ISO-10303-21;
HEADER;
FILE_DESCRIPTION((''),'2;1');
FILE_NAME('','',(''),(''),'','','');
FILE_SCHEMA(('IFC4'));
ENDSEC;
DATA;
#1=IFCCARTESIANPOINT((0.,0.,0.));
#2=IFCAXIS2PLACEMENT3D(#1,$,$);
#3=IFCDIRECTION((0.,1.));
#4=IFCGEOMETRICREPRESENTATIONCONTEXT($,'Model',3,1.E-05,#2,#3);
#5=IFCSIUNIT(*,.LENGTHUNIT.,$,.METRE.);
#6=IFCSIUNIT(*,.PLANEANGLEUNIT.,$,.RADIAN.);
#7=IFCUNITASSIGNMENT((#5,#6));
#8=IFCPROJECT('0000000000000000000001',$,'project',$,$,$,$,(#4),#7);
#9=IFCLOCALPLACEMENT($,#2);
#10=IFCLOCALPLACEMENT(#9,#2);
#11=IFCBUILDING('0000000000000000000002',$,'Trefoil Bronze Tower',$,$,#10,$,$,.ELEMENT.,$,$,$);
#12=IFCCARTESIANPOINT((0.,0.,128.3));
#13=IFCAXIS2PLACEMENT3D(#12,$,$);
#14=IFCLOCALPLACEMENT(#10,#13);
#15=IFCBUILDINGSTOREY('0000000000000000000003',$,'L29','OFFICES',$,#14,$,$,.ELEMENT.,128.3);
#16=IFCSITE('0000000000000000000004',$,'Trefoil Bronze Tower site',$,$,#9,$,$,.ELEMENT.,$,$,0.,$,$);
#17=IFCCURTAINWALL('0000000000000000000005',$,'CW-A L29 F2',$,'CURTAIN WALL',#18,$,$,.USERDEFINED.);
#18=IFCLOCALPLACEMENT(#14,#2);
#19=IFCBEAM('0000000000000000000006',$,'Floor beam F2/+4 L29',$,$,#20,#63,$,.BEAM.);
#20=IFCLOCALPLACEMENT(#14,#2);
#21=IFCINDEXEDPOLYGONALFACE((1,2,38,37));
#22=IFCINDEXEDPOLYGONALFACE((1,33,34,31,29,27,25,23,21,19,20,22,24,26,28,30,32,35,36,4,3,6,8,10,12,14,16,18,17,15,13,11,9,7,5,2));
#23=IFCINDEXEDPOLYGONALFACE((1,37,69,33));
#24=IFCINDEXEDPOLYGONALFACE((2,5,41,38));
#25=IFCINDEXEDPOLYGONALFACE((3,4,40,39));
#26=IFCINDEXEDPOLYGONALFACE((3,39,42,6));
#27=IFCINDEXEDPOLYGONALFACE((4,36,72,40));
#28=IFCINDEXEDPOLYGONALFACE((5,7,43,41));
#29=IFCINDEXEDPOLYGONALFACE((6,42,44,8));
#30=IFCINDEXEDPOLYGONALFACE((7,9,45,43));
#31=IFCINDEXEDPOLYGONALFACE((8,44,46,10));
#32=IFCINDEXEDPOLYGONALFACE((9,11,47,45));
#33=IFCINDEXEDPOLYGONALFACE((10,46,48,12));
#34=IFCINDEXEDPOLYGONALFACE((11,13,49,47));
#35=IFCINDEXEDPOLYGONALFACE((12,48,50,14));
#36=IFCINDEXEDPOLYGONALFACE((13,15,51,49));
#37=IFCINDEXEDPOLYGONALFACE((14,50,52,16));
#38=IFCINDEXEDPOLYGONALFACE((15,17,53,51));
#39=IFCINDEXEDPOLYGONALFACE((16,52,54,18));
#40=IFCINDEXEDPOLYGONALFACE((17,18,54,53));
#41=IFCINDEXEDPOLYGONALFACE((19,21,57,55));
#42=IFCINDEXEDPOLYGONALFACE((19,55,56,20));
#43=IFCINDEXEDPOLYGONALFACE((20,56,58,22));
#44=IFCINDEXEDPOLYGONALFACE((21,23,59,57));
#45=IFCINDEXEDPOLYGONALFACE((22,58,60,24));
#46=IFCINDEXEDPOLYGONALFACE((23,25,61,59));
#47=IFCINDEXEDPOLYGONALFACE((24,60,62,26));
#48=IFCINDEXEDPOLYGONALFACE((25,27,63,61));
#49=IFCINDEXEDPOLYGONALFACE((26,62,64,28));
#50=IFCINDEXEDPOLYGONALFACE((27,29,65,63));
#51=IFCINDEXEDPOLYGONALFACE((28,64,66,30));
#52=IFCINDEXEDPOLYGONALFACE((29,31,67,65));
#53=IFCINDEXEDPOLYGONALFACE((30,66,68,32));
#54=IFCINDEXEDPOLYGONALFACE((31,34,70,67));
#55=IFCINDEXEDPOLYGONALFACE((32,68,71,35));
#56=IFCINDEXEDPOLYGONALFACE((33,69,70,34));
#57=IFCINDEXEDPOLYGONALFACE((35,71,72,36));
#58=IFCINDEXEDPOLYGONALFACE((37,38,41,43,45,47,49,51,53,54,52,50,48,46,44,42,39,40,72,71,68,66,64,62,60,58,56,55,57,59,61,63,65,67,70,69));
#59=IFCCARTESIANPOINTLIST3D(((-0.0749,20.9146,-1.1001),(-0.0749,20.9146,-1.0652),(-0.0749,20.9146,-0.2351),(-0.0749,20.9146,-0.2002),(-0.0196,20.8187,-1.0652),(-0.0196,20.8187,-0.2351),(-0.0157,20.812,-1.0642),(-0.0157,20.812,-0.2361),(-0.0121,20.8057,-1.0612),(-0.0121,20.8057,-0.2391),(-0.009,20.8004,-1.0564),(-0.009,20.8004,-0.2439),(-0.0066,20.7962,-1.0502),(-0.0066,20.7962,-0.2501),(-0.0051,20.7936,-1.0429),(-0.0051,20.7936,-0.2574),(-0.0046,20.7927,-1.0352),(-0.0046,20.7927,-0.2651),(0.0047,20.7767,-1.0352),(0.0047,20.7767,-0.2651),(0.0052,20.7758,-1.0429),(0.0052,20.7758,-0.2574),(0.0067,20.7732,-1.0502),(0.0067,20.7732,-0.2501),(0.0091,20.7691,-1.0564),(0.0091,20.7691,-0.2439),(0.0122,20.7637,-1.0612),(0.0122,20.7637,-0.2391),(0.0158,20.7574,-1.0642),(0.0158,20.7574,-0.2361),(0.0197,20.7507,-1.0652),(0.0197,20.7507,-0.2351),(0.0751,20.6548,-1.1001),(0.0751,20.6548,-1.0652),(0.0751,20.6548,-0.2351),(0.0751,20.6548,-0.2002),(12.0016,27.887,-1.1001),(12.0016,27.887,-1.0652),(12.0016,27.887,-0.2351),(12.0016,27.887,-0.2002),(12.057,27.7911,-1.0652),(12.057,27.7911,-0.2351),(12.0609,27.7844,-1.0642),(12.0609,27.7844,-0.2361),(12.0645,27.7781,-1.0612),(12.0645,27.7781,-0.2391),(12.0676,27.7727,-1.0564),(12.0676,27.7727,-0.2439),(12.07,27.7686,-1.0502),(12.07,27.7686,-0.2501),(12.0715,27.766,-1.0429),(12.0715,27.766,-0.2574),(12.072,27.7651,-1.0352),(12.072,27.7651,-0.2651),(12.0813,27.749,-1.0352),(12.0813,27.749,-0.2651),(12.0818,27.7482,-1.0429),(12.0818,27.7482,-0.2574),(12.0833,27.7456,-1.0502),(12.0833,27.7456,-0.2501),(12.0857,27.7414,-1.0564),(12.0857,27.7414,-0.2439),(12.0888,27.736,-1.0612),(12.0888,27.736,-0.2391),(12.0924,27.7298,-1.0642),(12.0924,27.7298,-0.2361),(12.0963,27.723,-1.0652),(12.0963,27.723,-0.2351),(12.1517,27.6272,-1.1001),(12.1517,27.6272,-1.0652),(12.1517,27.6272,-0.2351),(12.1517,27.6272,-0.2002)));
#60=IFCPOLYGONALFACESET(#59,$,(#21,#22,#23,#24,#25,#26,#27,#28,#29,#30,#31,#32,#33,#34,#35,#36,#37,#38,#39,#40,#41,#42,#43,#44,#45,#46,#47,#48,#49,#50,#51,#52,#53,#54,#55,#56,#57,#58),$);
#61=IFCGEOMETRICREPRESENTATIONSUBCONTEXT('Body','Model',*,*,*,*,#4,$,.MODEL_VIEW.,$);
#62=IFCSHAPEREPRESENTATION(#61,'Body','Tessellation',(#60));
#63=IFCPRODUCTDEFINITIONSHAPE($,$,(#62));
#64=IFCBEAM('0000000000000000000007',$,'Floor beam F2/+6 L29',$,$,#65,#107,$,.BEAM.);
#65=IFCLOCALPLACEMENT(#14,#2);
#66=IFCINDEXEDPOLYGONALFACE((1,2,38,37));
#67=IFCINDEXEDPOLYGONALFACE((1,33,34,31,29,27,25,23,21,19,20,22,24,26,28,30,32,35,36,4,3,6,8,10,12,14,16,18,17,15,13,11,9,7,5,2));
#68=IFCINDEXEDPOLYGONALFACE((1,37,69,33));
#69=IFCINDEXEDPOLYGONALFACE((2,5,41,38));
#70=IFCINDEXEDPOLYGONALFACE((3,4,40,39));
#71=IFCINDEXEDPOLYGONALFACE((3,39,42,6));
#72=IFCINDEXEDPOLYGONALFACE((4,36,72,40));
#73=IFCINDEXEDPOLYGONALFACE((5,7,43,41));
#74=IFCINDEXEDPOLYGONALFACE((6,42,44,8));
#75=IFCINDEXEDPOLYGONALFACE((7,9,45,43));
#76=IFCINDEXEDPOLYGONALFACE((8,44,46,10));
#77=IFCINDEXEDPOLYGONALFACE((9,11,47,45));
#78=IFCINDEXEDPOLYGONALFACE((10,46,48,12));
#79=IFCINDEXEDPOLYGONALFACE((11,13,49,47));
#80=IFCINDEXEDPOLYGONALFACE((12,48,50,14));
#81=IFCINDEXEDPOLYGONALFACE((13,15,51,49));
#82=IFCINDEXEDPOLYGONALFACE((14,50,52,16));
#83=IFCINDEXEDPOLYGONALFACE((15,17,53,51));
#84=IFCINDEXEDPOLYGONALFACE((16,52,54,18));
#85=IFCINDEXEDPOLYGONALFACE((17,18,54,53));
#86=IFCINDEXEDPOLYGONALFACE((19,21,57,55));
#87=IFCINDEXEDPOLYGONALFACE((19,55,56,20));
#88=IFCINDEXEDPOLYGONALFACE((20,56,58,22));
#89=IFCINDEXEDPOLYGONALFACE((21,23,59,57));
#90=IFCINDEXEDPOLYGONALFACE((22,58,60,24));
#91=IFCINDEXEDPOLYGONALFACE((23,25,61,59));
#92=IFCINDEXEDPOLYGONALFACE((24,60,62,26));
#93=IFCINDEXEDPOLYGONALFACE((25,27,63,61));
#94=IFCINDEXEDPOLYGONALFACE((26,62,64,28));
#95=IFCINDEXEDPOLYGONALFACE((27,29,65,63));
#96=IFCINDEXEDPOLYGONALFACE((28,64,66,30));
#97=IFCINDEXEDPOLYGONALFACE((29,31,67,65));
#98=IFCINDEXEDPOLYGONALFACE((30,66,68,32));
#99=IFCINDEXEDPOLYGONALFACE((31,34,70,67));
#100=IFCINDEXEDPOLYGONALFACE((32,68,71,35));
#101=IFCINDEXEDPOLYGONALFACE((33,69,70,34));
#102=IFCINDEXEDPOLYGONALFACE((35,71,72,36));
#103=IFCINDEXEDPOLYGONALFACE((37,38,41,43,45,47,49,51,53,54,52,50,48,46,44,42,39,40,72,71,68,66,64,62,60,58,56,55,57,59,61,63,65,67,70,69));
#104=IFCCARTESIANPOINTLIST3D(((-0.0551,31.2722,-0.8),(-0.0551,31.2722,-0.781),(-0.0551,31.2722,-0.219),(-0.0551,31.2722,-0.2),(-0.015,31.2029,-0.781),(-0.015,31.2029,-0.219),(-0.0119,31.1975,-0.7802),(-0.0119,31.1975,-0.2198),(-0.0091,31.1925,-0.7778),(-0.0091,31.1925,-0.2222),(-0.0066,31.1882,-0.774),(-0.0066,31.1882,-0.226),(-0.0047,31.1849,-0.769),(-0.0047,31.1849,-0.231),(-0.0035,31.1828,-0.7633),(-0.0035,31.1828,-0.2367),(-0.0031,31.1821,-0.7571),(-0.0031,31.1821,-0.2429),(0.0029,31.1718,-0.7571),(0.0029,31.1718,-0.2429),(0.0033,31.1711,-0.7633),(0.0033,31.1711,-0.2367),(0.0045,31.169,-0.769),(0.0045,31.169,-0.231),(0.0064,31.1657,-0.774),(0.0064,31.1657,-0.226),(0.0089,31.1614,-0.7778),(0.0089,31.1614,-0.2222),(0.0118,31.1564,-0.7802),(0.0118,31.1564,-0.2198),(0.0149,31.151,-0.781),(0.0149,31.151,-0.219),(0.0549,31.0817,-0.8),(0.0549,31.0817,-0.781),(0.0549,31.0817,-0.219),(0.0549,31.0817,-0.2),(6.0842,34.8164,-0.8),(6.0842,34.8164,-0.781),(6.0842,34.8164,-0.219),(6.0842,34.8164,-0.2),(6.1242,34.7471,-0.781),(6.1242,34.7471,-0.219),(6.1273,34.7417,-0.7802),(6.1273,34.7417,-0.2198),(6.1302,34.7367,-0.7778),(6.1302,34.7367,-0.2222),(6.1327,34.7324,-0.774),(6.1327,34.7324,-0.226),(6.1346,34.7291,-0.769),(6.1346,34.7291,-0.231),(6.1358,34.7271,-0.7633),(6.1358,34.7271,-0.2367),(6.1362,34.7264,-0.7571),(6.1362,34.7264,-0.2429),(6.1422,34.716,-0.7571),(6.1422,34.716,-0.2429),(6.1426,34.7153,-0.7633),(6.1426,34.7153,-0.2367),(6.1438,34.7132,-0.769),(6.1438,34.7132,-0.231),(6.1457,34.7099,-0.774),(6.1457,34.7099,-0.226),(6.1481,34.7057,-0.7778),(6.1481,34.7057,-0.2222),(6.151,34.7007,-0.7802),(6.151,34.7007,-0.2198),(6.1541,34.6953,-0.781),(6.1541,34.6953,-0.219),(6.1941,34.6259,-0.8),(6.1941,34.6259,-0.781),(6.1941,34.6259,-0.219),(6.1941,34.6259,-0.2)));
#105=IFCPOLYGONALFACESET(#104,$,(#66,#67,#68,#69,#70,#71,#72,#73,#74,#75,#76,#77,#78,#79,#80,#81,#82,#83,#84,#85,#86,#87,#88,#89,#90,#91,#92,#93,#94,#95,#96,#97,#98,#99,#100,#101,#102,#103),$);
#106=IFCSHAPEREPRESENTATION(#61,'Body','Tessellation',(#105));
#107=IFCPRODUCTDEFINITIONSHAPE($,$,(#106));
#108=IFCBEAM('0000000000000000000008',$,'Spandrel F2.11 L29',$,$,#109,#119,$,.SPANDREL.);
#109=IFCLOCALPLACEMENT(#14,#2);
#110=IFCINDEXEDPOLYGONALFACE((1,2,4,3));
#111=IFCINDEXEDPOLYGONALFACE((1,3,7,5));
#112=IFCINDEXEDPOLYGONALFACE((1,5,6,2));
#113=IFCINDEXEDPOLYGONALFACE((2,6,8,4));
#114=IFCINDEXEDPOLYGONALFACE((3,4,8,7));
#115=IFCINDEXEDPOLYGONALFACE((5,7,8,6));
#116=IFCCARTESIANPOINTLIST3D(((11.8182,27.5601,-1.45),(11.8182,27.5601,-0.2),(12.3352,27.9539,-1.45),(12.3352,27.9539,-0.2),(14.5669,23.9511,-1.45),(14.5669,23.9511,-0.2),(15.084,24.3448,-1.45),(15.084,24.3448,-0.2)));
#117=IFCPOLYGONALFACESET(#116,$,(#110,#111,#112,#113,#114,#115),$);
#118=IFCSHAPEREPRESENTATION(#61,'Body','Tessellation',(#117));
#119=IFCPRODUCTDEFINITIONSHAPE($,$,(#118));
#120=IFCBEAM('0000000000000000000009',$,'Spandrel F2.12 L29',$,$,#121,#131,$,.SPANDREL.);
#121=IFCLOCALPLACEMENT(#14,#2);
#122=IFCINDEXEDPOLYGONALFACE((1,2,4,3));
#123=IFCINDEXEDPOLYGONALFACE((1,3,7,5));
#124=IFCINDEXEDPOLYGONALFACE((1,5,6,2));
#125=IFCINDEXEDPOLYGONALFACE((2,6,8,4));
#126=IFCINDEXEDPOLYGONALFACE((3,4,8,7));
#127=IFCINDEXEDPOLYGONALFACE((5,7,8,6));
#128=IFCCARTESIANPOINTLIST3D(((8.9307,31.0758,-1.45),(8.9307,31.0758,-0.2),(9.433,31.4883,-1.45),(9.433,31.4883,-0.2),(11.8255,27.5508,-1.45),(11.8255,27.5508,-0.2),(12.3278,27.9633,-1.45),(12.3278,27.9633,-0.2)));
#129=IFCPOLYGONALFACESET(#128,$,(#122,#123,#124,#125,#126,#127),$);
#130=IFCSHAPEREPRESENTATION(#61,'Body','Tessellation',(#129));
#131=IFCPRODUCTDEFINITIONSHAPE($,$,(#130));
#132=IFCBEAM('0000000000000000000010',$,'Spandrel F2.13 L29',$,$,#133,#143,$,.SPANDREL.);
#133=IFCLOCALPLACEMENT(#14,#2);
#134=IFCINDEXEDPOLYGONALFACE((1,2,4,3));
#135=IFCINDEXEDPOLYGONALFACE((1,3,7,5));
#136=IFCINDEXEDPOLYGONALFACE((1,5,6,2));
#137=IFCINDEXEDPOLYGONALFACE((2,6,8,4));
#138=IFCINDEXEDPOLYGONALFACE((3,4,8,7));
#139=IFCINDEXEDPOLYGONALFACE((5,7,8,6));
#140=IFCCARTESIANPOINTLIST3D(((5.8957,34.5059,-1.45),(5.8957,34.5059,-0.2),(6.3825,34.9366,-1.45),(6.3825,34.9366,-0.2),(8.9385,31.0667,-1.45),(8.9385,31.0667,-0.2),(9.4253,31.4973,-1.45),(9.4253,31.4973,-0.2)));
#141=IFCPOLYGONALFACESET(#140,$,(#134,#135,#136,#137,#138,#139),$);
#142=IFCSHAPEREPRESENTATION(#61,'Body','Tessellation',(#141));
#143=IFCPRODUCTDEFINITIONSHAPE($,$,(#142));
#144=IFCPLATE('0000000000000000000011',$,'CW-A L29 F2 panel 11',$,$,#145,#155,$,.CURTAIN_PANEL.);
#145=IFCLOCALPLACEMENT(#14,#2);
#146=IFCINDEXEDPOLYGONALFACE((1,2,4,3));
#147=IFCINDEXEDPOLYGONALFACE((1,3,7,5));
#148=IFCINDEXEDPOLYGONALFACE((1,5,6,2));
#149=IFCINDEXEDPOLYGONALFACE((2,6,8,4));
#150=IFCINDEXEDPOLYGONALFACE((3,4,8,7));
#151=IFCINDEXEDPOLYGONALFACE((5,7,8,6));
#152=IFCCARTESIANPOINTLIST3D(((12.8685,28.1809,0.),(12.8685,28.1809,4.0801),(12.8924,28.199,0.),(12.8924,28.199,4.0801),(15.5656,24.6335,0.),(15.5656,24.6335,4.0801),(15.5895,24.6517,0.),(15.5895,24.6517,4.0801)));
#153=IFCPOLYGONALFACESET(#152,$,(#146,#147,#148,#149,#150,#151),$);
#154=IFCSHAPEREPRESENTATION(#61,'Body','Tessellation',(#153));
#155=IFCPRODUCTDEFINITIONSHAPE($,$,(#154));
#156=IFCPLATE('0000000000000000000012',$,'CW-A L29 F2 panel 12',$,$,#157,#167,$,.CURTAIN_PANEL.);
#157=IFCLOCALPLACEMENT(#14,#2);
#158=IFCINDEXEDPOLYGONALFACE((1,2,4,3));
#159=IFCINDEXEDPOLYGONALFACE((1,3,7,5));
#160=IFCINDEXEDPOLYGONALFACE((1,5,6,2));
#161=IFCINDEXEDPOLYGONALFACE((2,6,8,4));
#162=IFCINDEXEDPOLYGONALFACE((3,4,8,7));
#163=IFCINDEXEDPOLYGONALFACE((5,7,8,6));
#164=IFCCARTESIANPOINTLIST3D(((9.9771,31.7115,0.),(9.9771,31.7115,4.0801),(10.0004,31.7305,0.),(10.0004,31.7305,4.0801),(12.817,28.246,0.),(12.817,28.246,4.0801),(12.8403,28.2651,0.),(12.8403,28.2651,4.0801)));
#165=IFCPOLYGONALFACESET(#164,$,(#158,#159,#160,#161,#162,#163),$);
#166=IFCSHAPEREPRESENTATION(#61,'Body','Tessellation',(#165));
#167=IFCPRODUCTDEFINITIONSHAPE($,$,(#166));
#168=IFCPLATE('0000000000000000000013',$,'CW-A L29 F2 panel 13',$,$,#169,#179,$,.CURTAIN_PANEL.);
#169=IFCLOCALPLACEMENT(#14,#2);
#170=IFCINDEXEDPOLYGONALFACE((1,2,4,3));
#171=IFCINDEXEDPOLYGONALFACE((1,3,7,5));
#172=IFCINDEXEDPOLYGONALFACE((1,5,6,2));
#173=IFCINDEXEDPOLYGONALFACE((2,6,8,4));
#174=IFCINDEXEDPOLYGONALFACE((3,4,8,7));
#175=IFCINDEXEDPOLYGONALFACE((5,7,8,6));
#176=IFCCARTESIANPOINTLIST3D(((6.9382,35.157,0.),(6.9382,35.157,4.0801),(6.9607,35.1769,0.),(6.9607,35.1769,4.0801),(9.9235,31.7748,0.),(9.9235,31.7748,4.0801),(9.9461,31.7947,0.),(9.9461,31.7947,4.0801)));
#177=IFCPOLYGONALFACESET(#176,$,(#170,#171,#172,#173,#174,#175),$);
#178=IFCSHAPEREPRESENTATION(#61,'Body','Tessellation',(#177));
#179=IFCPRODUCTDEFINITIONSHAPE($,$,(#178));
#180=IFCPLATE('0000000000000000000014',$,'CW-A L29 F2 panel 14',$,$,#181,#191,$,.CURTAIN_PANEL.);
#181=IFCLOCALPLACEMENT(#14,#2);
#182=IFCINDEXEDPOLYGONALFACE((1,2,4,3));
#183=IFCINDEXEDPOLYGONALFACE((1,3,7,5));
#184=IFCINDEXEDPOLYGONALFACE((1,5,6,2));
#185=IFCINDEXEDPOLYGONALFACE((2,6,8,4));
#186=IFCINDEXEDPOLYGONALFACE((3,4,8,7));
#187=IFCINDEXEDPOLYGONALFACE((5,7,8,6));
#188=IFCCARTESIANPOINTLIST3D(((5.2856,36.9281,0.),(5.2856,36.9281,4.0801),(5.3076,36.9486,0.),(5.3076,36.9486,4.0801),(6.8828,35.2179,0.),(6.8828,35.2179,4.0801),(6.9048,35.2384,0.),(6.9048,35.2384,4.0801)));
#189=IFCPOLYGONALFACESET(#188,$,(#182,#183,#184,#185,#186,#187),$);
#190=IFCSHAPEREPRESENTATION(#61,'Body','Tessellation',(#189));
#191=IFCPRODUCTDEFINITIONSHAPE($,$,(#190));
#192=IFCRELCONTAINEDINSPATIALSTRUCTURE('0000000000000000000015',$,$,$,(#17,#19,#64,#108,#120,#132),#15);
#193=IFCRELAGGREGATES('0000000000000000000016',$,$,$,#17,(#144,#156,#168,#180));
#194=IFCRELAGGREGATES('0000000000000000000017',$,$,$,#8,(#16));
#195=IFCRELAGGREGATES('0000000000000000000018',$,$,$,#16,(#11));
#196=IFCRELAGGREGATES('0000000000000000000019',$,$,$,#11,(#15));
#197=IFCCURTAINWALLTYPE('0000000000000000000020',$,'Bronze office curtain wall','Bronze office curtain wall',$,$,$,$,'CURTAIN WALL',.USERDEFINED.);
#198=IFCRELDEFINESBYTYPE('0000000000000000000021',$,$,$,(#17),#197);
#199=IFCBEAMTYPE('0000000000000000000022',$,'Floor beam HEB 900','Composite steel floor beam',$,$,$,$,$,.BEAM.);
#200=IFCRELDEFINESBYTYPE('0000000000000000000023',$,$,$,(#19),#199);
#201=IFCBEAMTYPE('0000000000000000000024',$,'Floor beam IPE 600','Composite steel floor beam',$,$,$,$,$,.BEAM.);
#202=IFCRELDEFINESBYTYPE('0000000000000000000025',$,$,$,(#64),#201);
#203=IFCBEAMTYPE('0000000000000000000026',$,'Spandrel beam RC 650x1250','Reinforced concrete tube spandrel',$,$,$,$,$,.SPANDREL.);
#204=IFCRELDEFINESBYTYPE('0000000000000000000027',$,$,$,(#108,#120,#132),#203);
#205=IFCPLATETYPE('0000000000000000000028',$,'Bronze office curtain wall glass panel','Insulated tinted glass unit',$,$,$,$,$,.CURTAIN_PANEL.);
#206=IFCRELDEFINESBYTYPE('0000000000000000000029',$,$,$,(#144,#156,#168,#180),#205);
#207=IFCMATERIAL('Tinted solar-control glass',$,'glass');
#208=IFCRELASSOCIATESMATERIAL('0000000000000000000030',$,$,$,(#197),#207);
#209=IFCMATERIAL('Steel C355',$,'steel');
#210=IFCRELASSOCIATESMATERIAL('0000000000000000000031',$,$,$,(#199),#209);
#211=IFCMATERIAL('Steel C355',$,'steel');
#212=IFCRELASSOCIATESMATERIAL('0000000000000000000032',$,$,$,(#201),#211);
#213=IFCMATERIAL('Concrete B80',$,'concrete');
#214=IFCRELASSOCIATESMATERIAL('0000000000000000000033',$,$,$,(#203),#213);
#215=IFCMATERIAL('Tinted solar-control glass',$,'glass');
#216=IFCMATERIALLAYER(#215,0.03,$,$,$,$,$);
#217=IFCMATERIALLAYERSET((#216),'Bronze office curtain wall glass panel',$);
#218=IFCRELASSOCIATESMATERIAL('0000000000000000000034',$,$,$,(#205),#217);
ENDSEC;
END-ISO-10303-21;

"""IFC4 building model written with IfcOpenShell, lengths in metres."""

from ifc_helpers import new_model, si_unit, direction, frame, origin, origin_2d, place, context, subcontext, project, spatial, rectangle, i_section, extrude, material, layer, layer_set, material_profile, profile_set, type_object, element, aggregate, save


model = new_model("IFC4")

# Units and contexts
model_context = context("Model", 3, precision=1e-05, world=origin(), true_north=direction((0.0, 1.0)))
body_context = subcontext(model_context, "Body", "Model", "MODEL_VIEW")
ifc_project = project(units=[si_unit("LENGTHUNIT", "METRE"), si_unit("PLANEANGLEUNIT", "RADIAN")], contexts=[model_context])

# Site, building, storey
site_placement = place(None, origin())
site = spatial("IfcSite", under=ifc_project, at=site_placement, Name="Trefoil Bronze Tower site", CompositionType="ELEMENT", RefElevation=0.0)
building_placement = place(site_placement, origin())
building = spatial("IfcBuilding", under=site, at=building_placement, Name="Trefoil Bronze Tower", CompositionType="ELEMENT")
storey_placement = place(building_placement, frame((0.0, 0.0, 128.3)))
storey = spatial("IfcBuildingStorey", under=building, at=storey_placement, Name="L29", Description="OFFICES", CompositionType="ELEMENT", Elevation=128.3)

# Curtain wall
ifc_material_1 = material(Name="Tinted solar-control glass", Category="glass")
curtain_wall_type_1 = type_object("IfcCurtainWallType", Name="Bronze office curtain wall", Description="Bronze office curtain wall", ElementType="CURTAIN WALL", PredefinedType="USERDEFINED", material=ifc_material_1)
curtain_wall_1_placement = place(storey_placement, origin())
curtain_wall_1 = element("IfcCurtainWall", 1, at=curtain_wall_1_placement, inside=storey, type_object=curtain_wall_type_1, Name="CW-A L29 F2", ObjectType="CURTAIN WALL", PredefinedType="USERDEFINED")

# Beams
ifc_material_2 = material(Name="Steel C355", Category="steel")
ifc_material_profile_1 = material_profile(ifc_material_2, i_section(OverallWidth=0.3, OverallDepth=0.8999, WebThickness=0.0186, FlangeThickness=0.0349, FilletRadius=0.03, at=origin_2d()), Name="HEB 900")
ifc_profile_set_1 = profile_set([ifc_material_profile_1], Name="Steel C355")
beam_type_1 = type_object("IfcBeamType", Name="Floor beam HEB 900", Description="Composite steel floor beam", PredefinedType="BEAM", material=ifc_profile_set_1)
beam_1_placement = place(storey_placement, frame((12.0767, 27.7571, -0.6501), z_axis=(-0.866027, -0.499997, 0.0), x_axis=(0.499997, -0.866027, 0.0)))
element("IfcBeam", 2, at=beam_1_placement, inside=storey, type_object=beam_type_1, Name="Floor beam F2/+4 L29", PredefinedType="BEAM", context=body_context, shape_type="SweptSolid", body=[
    extrude(i_section(OverallWidth=0.3, OverallDepth=0.8999, WebThickness=0.0186, FlangeThickness=0.0349, FilletRadius=0.03, at=origin_2d()), origin(), (0.0, 0.0, 1.0), 13.9448),
])
ifc_material_3 = material(Name="Steel C355", Category="steel")
ifc_material_profile_2 = material_profile(ifc_material_3, i_section(OverallWidth=0.22, OverallDepth=0.6001, WebThickness=0.012, FlangeThickness=0.019, FilletRadius=0.0239, at=origin_2d()), Name="IPE 600")
ifc_profile_set_2 = profile_set([ifc_material_profile_2], Name="Steel C355")
beam_type_2 = type_object("IfcBeamType", Name="Floor beam IPE 600", Description="Composite steel floor beam", PredefinedType="BEAM", material=ifc_profile_set_2)
beam_2_placement = place(storey_placement, frame((6.1392, 34.7212, -0.5), z_axis=(-0.866041, -0.499973, 0.0), x_axis=(0.499973, -0.866041, 0.0)))
element("IfcBeam", 3, at=beam_2_placement, inside=storey, type_object=beam_type_2, Name="Floor beam F2/+6 L29", PredefinedType="BEAM", context=body_context, shape_type="SweptSolid", body=[
    extrude(i_section(OverallWidth=0.22, OverallDepth=0.6001, WebThickness=0.012, FlangeThickness=0.019, FilletRadius=0.0239, at=origin_2d()), origin(), (0.0, 0.0, 1.0), 7.0889),
])
ifc_material_4 = material(Name="Concrete B80", Category="concrete")
ifc_material_profile_3 = material_profile(ifc_material_4, rectangle(XDim=0.6499, YDim=1.25, at=origin_2d()), Name="RC 650x1250")
ifc_profile_set_3 = profile_set([ifc_material_profile_3], Name="Concrete B80")
beam_type_3 = type_object("IfcBeamType", Name="Spandrel beam RC 650x1250", Description="Reinforced concrete tube spandrel", PredefinedType="SPANDREL", material=ifc_profile_set_3)
beam_3_placement = place(storey_placement, frame((14.8254, 24.1479, -0.825), z_axis=(-0.605899, 0.795542, 0.0), x_axis=(-0.795542, -0.605899, 0.0)))
element("IfcBeam", 4, at=beam_3_placement, inside=storey, type_object=beam_type_3, Name="Spandrel F2.11 L29", PredefinedType="SPANDREL", context=body_context, shape_type="SweptSolid", body=[
    extrude(rectangle(XDim=0.6499, YDim=1.25, at=origin_2d()), origin(), (0.0, 0.0, 1.0), 4.5366),
])
beam_4_placement = place(storey_placement, frame((12.0767, 27.7571, -0.825), z_axis=(-0.63465, 0.772799, 0.0), x_axis=(-0.772799, -0.63465, 0.0)))
element("IfcBeam", 5, at=beam_4_placement, inside=storey, type_object=beam_type_3, Name="Spandrel F2.12 L29", PredefinedType="SPANDREL", context=body_context, shape_type="SweptSolid", body=[
    extrude(rectangle(XDim=0.6499, YDim=1.25, at=origin_2d()), origin(), (0.0, 0.0, 1.0), 4.5613),
])
beam_5_placement = place(storey_placement, frame((9.1819, 31.282, -0.825), z_axis=(-0.662616, 0.748959, 0.0), x_axis=(-0.748959, -0.662616, 0.0)))
element("IfcBeam", 6, at=beam_5_placement, inside=storey, type_object=beam_type_3, Name="Spandrel F2.13 L29", PredefinedType="SPANDREL", context=body_context, shape_type="SweptSolid", body=[
    extrude(rectangle(XDim=0.6499, YDim=1.25, at=origin_2d()), origin(), (0.0, 0.0, 1.0), 4.592),
])

# Plates
ifc_material_5 = material(Name="Tinted solar-control glass", Category="glass")
ifc_layer_1 = layer(ifc_material_5, 0.03)
ifc_layer_set_1 = layer_set([ifc_layer_1], Name="Bronze office curtain wall glass panel")
plate_type_1 = type_object("IfcPlateType", Name="Bronze office curtain wall glass panel", Description="Insulated tinted glass unit", PredefinedType="CURTAIN_PANEL", material=ifc_layer_set_1)
plate_1_placement = place(storey_placement, frame((14.229, 26.4163, 0.0), z_axis=(0.0, 0.0, 1.0), x_axis=(-0.605252, 0.796034, 0.0)))
plate_1 = element("IfcPlate", 7, at=plate_1_placement, type_object=plate_type_1, Name="CW-A L29 F2 panel 11", PredefinedType="CURTAIN_PANEL", context=body_context, shape_type="SweptSolid", body=[
    extrude(rectangle(XDim=4.4563, YDim=0.03, at=origin_2d()), origin(), (0.0, 0.0, 1.0), 4.0801),
])
plate_2_placement = place(storey_placement, frame((11.4087, 29.9883, 0.0), z_axis=(0.0, 0.0, 1.0), x_axis=(-0.63384, 0.773464, 0.0)))
plate_2 = element("IfcPlate", 8, at=plate_2_placement, type_object=plate_type_1, Name="CW-A L29 F2 panel 12", PredefinedType="CURTAIN_PANEL", context=body_context, shape_type="SweptSolid", body=[
    extrude(rectangle(XDim=4.4805, YDim=0.03, at=origin_2d()), origin(), (0.0, 0.0, 1.0), 4.0801),
])
plate_3_placement = place(storey_placement, frame((8.4421, 33.4758, 0.0), z_axis=(0.0, 0.0, 1.0), x_axis=(-0.661751, 0.749723, 0.0)))
plate_3 = element("IfcPlate", 9, at=plate_3_placement, type_object=plate_type_1, Name="CW-A L29 F2 panel 13", PredefinedType="CURTAIN_PANEL", context=body_context, shape_type="SweptSolid", body=[
    extrude(rectangle(XDim=4.5112, YDim=0.03, at=origin_2d()), origin(), (0.0, 0.0, 1.0), 4.0801),
])
plate_4_placement = place(storey_placement, frame((6.0952, 36.0833, 0.0), z_axis=(0.0, 0.0, 1.0), x_axis=(-0.682536, 0.730852, 0.0)))
plate_4 = element("IfcPlate", 10, at=plate_4_placement, type_object=plate_type_1, Name="CW-A L29 F2 panel 14", PredefinedType="CURTAIN_PANEL", context=body_context, shape_type="SweptSolid", body=[
    extrude(rectangle(XDim=2.3401, YDim=0.03, at=origin_2d()), origin(), (0.0, 0.0, 1.0), 4.0801),
])
aggregate(curtain_wall_1, [plate_1, plate_2, plate_3, plate_4])

save(model, "model.ifc")
